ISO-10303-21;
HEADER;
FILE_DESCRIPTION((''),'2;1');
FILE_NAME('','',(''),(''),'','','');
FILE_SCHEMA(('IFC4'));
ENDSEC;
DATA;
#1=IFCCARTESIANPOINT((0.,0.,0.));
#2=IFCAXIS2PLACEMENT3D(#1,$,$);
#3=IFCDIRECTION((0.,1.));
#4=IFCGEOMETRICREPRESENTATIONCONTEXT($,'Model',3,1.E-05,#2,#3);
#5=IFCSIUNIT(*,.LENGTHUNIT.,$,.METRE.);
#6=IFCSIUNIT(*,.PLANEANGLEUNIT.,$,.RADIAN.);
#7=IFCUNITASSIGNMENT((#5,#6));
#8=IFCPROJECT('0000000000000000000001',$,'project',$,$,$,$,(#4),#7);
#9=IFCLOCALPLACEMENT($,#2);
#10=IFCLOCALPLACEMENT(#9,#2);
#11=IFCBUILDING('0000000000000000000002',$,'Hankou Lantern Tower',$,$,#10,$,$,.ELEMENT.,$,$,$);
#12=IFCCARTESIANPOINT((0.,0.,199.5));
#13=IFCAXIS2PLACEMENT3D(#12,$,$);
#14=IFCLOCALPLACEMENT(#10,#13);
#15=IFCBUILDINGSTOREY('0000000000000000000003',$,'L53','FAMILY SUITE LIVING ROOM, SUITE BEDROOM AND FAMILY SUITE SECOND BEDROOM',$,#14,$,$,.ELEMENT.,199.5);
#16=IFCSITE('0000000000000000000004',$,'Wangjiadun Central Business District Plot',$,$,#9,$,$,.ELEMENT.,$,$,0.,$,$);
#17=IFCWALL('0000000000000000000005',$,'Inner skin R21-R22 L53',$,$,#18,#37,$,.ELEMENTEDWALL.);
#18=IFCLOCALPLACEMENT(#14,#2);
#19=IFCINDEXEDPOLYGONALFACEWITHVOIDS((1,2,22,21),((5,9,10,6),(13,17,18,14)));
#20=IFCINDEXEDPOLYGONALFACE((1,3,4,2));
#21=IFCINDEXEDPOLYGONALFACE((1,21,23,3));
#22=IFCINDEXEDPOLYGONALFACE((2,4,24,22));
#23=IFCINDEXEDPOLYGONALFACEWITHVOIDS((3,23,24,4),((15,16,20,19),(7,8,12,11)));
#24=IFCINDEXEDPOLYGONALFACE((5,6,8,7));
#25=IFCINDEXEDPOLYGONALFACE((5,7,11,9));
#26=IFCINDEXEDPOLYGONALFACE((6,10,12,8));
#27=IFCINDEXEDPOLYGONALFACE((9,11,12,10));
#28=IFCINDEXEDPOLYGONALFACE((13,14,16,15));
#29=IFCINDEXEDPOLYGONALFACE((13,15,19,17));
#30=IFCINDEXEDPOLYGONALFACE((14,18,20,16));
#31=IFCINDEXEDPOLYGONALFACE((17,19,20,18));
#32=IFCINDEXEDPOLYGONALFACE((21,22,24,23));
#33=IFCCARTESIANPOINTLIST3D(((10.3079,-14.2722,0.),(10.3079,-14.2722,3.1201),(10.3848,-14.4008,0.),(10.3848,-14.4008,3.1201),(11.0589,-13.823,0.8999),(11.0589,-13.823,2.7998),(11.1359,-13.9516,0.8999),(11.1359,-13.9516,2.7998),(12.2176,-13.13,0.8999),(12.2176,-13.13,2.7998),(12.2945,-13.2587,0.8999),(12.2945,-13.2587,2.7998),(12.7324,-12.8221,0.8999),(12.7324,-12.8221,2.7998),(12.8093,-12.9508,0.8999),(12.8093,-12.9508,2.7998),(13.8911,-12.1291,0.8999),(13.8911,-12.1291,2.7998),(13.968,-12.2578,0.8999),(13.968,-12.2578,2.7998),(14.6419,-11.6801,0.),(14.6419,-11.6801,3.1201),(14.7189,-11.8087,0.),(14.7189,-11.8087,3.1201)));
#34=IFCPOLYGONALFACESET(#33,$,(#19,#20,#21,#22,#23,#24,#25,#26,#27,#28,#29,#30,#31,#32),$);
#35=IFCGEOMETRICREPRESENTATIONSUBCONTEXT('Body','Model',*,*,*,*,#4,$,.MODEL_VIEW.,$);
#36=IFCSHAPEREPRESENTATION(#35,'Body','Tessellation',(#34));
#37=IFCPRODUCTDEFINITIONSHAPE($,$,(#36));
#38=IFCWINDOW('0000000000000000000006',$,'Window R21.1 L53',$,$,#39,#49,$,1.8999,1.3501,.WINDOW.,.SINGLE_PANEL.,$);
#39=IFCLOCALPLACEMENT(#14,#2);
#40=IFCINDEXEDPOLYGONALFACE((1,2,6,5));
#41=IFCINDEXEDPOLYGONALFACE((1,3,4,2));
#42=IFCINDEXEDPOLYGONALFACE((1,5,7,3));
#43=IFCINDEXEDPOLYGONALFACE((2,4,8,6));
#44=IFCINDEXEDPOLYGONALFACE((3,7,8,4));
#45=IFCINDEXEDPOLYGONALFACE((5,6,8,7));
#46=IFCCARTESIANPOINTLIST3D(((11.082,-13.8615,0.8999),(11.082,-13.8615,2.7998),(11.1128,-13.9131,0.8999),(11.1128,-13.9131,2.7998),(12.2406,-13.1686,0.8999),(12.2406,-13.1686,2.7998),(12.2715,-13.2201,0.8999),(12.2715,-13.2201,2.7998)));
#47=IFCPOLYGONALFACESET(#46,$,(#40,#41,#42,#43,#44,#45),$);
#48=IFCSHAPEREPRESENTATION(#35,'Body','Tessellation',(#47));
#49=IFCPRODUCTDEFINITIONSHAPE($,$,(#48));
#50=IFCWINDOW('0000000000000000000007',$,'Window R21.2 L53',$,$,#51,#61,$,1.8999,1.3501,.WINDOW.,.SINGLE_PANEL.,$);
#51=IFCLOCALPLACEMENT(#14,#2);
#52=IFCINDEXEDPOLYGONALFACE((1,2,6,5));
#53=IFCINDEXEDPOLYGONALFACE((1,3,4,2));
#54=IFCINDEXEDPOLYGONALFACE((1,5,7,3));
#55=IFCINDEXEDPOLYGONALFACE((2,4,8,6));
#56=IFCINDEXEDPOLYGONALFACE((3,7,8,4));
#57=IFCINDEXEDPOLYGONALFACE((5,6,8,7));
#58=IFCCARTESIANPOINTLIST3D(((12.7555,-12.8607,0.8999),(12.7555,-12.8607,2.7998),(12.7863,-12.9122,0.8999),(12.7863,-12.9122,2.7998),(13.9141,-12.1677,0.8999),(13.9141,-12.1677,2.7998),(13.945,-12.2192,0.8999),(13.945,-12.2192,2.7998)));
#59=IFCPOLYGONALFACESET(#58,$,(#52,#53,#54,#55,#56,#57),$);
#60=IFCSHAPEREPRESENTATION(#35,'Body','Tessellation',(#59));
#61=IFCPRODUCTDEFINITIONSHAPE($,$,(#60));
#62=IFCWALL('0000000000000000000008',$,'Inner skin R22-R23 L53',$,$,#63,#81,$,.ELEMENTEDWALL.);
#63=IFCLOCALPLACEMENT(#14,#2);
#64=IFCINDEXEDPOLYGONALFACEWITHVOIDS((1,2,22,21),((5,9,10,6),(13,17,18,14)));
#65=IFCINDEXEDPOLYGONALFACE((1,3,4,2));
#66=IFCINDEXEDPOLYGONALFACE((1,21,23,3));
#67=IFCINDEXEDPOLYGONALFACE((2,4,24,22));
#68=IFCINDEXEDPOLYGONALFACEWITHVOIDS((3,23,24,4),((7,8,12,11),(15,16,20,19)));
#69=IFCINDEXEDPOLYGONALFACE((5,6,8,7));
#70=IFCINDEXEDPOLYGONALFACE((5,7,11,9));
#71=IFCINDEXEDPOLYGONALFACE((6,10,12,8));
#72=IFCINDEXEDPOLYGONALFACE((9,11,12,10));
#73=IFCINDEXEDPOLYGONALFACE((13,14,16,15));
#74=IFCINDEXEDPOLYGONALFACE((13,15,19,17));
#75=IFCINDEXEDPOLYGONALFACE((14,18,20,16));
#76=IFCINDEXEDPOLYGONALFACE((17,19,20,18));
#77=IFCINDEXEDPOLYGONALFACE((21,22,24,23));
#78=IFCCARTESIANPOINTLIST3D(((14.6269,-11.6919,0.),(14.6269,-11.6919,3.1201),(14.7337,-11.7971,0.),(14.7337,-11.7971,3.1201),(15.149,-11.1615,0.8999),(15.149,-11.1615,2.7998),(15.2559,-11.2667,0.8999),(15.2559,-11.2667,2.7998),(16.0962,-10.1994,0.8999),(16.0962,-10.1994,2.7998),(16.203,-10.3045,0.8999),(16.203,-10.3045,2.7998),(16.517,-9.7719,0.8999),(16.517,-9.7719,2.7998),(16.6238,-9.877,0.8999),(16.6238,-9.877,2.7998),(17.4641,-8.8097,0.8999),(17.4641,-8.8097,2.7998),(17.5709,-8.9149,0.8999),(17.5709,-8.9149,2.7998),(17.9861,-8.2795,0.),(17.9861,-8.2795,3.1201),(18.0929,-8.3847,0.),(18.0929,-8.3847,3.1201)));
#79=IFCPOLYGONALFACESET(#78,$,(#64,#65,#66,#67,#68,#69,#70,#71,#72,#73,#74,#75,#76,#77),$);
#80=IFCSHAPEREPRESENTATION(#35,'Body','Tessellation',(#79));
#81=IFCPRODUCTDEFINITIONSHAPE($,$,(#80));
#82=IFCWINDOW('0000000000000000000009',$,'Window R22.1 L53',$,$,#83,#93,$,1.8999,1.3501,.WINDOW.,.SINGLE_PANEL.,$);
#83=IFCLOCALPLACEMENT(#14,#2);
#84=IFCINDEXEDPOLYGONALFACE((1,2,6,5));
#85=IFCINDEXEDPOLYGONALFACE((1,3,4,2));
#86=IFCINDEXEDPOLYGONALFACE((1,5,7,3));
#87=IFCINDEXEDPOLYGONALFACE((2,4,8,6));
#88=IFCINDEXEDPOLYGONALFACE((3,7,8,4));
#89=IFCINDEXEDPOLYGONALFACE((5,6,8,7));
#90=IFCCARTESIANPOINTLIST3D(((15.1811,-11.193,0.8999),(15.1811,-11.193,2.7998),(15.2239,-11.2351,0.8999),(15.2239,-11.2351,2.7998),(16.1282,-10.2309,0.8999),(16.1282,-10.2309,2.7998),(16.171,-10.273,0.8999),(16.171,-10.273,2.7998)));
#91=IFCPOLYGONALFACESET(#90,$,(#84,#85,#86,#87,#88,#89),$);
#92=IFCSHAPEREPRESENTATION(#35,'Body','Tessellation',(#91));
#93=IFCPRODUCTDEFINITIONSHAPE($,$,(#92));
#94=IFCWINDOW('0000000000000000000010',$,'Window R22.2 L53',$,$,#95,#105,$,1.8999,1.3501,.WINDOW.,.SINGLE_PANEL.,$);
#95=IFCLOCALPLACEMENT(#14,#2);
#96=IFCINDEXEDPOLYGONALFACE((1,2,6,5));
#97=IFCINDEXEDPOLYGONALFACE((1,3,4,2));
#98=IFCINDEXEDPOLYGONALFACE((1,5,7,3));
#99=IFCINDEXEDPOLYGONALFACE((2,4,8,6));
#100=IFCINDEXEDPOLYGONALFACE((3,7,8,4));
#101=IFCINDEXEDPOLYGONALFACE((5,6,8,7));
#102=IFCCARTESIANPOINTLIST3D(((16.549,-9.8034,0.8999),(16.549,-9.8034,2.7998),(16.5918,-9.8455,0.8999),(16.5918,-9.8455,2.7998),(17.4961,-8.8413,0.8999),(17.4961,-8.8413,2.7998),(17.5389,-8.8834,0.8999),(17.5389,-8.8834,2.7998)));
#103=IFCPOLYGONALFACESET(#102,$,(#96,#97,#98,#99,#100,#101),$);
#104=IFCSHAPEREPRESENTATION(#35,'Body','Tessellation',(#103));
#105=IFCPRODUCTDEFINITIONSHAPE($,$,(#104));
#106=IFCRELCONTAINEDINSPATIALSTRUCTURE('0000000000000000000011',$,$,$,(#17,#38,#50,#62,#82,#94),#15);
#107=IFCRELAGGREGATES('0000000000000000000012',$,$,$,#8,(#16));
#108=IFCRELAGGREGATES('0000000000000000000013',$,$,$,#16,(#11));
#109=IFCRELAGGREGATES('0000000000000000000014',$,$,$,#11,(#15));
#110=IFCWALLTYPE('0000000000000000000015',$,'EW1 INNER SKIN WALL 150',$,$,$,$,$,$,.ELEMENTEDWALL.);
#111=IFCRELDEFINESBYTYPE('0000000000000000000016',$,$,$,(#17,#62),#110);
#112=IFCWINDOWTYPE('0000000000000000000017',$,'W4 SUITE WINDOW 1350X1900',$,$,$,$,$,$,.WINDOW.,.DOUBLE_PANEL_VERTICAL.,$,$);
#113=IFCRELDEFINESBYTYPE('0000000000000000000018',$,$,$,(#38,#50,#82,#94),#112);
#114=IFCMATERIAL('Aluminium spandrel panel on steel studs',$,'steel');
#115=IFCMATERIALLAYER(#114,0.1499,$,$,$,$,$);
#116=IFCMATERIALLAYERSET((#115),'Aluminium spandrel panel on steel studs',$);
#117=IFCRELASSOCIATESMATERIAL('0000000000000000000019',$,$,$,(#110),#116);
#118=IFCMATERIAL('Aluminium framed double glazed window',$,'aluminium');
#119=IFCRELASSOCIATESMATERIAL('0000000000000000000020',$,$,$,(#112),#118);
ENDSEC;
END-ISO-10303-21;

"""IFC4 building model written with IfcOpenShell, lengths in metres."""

from ifc_helpers import new_model, si_unit, direction, frame, frame_2d, origin, place, context, subcontext, project, spatial, rectangle, extrude, material, layer, layer_set, type_object, element, fill, save


model = new_model("IFC4")

# Units and contexts
model_context = context("Model", 3, precision=1e-05, world=origin(), true_north=direction((0.0, 1.0)))
body_context = subcontext(model_context, "Body", "Model", "MODEL_VIEW")
ifc_project = project(units=[si_unit("LENGTHUNIT", "METRE"), si_unit("PLANEANGLEUNIT", "RADIAN")], contexts=[model_context])

# Site, building, storey
site_placement = place(None, origin())
site = spatial("IfcSite", under=ifc_project, at=site_placement, Name="Wangjiadun Central Business District Plot", CompositionType="ELEMENT", RefElevation=0.0)
building_placement = place(site_placement, origin())
building = spatial("IfcBuilding", under=site, at=building_placement, Name="Hankou Lantern Tower", CompositionType="ELEMENT")
storey_placement = place(building_placement, frame((0.0, 0.0, 199.5)))
storey = spatial("IfcBuildingStorey", under=building, at=storey_placement, Name="L53", Description="FAMILY SUITE LIVING ROOM, SUITE BEDROOM AND FAMILY SUITE SECOND BEDROOM", CompositionType="ELEMENT", Elevation=199.5)

# Walls, openings, windows
ifc_material_1 = material(Name="Aluminium spandrel panel on steel studs", Category="steel")
ifc_layer_1 = layer(ifc_material_1, 0.1499)
ifc_layer_set_1 = layer_set([ifc_layer_1], Name="Aluminium spandrel panel on steel studs")
wall_type_1 = type_object("IfcWallType", Name="EW1 INNER SKIN WALL 150", PredefinedType="ELEMENTEDWALL", material=ifc_layer_set_1)
wall_1_placement = place(storey_placement, frame((10.3464, -14.3364, 0.0), z_axis=(0.0, 0.0, 1.0), x_axis=(0.858222, 0.51328, 0.0)))
wall_1 = element("IfcWall", 1, at=wall_1_placement, inside=storey, type_object=wall_type_1, Name="Inner skin R21-R22 L53", PredefinedType="ELEMENTEDWALL", context=body_context, shape_type="SweptSolid", body=[
    extrude(rectangle(XDim=5.05, YDim=0.1499, at=frame_2d((2.5249, 0.0))), origin(), (0.0, 0.0, 1.0), 3.1201),
])
opening_1_placement = place(wall_1_placement, frame((0.875, 0.0, 0.8999)))
opening_1 = element("IfcOpeningElement", 2, at=opening_1_placement, cuts=wall_1, PredefinedType="OPENING", context=body_context, shape_type="SweptSolid", body=[
    extrude(rectangle(XDim=1.3501, YDim=1.8999, at=frame_2d((0.675, 0.95))), frame((0.0, 0.085, 0.0), z_axis=(0.0, -1.0, 0.0), x_axis=(1.0, 0.0, 0.0)), (0.0, 0.0, 1.0), 0.1699),
])
opening_2_placement = place(wall_1_placement, frame((2.825, 0.0, 0.8999)))
opening_2 = element("IfcOpeningElement", 3, at=opening_2_placement, cuts=wall_1, PredefinedType="OPENING", context=body_context, shape_type="SweptSolid", body=[
    extrude(rectangle(XDim=1.3501, YDim=1.8999, at=frame_2d((0.675, 0.95))), frame((0.0, 0.085, 0.0), z_axis=(0.0, -1.0, 0.0), x_axis=(1.0, 0.0, 0.0)), (0.0, 0.0, 1.0), 0.1699),
])
ifc_material_2 = material(Name="Aluminium framed double glazed window", Category="aluminium")
window_type = type_object("IfcWindowType", Name="W4 SUITE WINDOW 1350X1900", PartitioningType="DOUBLE_PANEL_VERTICAL", PredefinedType="WINDOW", material=ifc_material_2)
window_1_placement = place(opening_1_placement, origin())
window_1 = element("IfcWindow", 4, at=window_1_placement, inside=storey, type_object=window_type, Name="Window R21.1 L53", OverallHeight=1.8999, OverallWidth=1.3501, PartitioningType="SINGLE_PANEL", PredefinedType="WINDOW", context=body_context, shape_type="SweptSolid", body=[
    extrude(rectangle(XDim=1.3501, YDim=1.8999, at=frame_2d((0.675, 0.95))), frame((0.0, 0.03, 0.0), z_axis=(0.0, -1.0, 0.0), x_axis=(1.0, 0.0, 0.0)), (0.0, 0.0, 1.0), 0.0601),
])
fill(opening_1, window_1)
window_2_placement = place(opening_2_placement, origin())
window_2 = element("IfcWindow", 5, at=window_2_placement, inside=storey, type_object=window_type, Name="Window R21.2 L53", OverallHeight=1.8999, OverallWidth=1.3501, PartitioningType="SINGLE_PANEL", PredefinedType="WINDOW", context=body_context, shape_type="SweptSolid", body=[
    extrude(rectangle(XDim=1.3501, YDim=1.8999, at=frame_2d((0.675, 0.95))), frame((0.0, 0.03, 0.0), z_axis=(0.0, -1.0, 0.0), x_axis=(1.0, 0.0, 0.0)), (0.0, 0.0, 1.0), 0.0601),
])
fill(opening_2, window_2)
wall_2_placement = place(storey_placement, frame((14.6804, -11.7444, 0.0), z_axis=(0.0, 0.0, 1.0), x_axis=(0.701527, 0.712643, 0.0)))
wall_2 = element("IfcWall", 6, at=wall_2_placement, inside=storey, type_object=wall_type_1, Name="Inner skin R22-R23 L53", PredefinedType="ELEMENTEDWALL", context=body_context, shape_type="SweptSolid", body=[
    extrude(rectangle(XDim=4.7883, YDim=0.1499, at=frame_2d((2.394, 0.0))), origin(), (0.0, 0.0, 1.0), 3.1201),
])
opening_3_placement = place(wall_2_placement, frame((0.7441, 0.0, 0.8999)))
opening_3 = element("IfcOpeningElement", 7, at=opening_3_placement, cuts=wall_2, PredefinedType="OPENING", context=body_context, shape_type="SweptSolid", body=[
    extrude(rectangle(XDim=1.3501, YDim=1.8999, at=frame_2d((0.675, 0.95))), frame((0.0, 0.085, 0.0), z_axis=(0.0, -1.0, 0.0), x_axis=(1.0, 0.0, 0.0)), (0.0, 0.0, 1.0), 0.1699),
])
opening_4_placement = place(wall_2_placement, frame((2.6941, 0.0, 0.8999)))
opening_4 = element("IfcOpeningElement", 8, at=opening_4_placement, cuts=wall_2, PredefinedType="OPENING", context=body_context, shape_type="SweptSolid", body=[
    extrude(rectangle(XDim=1.3501, YDim=1.8999, at=frame_2d((0.675, 0.95))), frame((0.0, 0.085, 0.0), z_axis=(0.0, -1.0, 0.0), x_axis=(1.0, 0.0, 0.0)), (0.0, 0.0, 1.0), 0.1699),
])
window_3_placement = place(opening_3_placement, origin())
window_3 = element("IfcWindow", 9, at=window_3_placement, inside=storey, type_object=window_type, Name="Window R22.1 L53", OverallHeight=1.8999, OverallWidth=1.3501, PartitioningType="SINGLE_PANEL", PredefinedType="WINDOW", context=body_context, shape_type="SweptSolid", body=[
    extrude(rectangle(XDim=1.3501, YDim=1.8999, at=frame_2d((0.675, 0.95))), frame((0.0, 0.03, 0.0), z_axis=(0.0, -1.0, 0.0), x_axis=(1.0, 0.0, 0.0)), (0.0, 0.0, 1.0), 0.0601),
])
fill(opening_3, window_3)
window_4_placement = place(opening_4_placement, origin())
window_4 = element("IfcWindow", 10, at=window_4_placement, inside=storey, type_object=window_type, Name="Window R22.2 L53", OverallHeight=1.8999, OverallWidth=1.3501, PartitioningType="SINGLE_PANEL", PredefinedType="WINDOW", context=body_context, shape_type="SweptSolid", body=[
    extrude(rectangle(XDim=1.3501, YDim=1.8999, at=frame_2d((0.675, 0.95))), frame((0.0, 0.03, 0.0), z_axis=(0.0, -1.0, 0.0), x_axis=(1.0, 0.0, 0.0)), (0.0, 0.0, 1.0), 0.0601),
])
fill(opening_4, window_4)

save(model, "model.ifc")
